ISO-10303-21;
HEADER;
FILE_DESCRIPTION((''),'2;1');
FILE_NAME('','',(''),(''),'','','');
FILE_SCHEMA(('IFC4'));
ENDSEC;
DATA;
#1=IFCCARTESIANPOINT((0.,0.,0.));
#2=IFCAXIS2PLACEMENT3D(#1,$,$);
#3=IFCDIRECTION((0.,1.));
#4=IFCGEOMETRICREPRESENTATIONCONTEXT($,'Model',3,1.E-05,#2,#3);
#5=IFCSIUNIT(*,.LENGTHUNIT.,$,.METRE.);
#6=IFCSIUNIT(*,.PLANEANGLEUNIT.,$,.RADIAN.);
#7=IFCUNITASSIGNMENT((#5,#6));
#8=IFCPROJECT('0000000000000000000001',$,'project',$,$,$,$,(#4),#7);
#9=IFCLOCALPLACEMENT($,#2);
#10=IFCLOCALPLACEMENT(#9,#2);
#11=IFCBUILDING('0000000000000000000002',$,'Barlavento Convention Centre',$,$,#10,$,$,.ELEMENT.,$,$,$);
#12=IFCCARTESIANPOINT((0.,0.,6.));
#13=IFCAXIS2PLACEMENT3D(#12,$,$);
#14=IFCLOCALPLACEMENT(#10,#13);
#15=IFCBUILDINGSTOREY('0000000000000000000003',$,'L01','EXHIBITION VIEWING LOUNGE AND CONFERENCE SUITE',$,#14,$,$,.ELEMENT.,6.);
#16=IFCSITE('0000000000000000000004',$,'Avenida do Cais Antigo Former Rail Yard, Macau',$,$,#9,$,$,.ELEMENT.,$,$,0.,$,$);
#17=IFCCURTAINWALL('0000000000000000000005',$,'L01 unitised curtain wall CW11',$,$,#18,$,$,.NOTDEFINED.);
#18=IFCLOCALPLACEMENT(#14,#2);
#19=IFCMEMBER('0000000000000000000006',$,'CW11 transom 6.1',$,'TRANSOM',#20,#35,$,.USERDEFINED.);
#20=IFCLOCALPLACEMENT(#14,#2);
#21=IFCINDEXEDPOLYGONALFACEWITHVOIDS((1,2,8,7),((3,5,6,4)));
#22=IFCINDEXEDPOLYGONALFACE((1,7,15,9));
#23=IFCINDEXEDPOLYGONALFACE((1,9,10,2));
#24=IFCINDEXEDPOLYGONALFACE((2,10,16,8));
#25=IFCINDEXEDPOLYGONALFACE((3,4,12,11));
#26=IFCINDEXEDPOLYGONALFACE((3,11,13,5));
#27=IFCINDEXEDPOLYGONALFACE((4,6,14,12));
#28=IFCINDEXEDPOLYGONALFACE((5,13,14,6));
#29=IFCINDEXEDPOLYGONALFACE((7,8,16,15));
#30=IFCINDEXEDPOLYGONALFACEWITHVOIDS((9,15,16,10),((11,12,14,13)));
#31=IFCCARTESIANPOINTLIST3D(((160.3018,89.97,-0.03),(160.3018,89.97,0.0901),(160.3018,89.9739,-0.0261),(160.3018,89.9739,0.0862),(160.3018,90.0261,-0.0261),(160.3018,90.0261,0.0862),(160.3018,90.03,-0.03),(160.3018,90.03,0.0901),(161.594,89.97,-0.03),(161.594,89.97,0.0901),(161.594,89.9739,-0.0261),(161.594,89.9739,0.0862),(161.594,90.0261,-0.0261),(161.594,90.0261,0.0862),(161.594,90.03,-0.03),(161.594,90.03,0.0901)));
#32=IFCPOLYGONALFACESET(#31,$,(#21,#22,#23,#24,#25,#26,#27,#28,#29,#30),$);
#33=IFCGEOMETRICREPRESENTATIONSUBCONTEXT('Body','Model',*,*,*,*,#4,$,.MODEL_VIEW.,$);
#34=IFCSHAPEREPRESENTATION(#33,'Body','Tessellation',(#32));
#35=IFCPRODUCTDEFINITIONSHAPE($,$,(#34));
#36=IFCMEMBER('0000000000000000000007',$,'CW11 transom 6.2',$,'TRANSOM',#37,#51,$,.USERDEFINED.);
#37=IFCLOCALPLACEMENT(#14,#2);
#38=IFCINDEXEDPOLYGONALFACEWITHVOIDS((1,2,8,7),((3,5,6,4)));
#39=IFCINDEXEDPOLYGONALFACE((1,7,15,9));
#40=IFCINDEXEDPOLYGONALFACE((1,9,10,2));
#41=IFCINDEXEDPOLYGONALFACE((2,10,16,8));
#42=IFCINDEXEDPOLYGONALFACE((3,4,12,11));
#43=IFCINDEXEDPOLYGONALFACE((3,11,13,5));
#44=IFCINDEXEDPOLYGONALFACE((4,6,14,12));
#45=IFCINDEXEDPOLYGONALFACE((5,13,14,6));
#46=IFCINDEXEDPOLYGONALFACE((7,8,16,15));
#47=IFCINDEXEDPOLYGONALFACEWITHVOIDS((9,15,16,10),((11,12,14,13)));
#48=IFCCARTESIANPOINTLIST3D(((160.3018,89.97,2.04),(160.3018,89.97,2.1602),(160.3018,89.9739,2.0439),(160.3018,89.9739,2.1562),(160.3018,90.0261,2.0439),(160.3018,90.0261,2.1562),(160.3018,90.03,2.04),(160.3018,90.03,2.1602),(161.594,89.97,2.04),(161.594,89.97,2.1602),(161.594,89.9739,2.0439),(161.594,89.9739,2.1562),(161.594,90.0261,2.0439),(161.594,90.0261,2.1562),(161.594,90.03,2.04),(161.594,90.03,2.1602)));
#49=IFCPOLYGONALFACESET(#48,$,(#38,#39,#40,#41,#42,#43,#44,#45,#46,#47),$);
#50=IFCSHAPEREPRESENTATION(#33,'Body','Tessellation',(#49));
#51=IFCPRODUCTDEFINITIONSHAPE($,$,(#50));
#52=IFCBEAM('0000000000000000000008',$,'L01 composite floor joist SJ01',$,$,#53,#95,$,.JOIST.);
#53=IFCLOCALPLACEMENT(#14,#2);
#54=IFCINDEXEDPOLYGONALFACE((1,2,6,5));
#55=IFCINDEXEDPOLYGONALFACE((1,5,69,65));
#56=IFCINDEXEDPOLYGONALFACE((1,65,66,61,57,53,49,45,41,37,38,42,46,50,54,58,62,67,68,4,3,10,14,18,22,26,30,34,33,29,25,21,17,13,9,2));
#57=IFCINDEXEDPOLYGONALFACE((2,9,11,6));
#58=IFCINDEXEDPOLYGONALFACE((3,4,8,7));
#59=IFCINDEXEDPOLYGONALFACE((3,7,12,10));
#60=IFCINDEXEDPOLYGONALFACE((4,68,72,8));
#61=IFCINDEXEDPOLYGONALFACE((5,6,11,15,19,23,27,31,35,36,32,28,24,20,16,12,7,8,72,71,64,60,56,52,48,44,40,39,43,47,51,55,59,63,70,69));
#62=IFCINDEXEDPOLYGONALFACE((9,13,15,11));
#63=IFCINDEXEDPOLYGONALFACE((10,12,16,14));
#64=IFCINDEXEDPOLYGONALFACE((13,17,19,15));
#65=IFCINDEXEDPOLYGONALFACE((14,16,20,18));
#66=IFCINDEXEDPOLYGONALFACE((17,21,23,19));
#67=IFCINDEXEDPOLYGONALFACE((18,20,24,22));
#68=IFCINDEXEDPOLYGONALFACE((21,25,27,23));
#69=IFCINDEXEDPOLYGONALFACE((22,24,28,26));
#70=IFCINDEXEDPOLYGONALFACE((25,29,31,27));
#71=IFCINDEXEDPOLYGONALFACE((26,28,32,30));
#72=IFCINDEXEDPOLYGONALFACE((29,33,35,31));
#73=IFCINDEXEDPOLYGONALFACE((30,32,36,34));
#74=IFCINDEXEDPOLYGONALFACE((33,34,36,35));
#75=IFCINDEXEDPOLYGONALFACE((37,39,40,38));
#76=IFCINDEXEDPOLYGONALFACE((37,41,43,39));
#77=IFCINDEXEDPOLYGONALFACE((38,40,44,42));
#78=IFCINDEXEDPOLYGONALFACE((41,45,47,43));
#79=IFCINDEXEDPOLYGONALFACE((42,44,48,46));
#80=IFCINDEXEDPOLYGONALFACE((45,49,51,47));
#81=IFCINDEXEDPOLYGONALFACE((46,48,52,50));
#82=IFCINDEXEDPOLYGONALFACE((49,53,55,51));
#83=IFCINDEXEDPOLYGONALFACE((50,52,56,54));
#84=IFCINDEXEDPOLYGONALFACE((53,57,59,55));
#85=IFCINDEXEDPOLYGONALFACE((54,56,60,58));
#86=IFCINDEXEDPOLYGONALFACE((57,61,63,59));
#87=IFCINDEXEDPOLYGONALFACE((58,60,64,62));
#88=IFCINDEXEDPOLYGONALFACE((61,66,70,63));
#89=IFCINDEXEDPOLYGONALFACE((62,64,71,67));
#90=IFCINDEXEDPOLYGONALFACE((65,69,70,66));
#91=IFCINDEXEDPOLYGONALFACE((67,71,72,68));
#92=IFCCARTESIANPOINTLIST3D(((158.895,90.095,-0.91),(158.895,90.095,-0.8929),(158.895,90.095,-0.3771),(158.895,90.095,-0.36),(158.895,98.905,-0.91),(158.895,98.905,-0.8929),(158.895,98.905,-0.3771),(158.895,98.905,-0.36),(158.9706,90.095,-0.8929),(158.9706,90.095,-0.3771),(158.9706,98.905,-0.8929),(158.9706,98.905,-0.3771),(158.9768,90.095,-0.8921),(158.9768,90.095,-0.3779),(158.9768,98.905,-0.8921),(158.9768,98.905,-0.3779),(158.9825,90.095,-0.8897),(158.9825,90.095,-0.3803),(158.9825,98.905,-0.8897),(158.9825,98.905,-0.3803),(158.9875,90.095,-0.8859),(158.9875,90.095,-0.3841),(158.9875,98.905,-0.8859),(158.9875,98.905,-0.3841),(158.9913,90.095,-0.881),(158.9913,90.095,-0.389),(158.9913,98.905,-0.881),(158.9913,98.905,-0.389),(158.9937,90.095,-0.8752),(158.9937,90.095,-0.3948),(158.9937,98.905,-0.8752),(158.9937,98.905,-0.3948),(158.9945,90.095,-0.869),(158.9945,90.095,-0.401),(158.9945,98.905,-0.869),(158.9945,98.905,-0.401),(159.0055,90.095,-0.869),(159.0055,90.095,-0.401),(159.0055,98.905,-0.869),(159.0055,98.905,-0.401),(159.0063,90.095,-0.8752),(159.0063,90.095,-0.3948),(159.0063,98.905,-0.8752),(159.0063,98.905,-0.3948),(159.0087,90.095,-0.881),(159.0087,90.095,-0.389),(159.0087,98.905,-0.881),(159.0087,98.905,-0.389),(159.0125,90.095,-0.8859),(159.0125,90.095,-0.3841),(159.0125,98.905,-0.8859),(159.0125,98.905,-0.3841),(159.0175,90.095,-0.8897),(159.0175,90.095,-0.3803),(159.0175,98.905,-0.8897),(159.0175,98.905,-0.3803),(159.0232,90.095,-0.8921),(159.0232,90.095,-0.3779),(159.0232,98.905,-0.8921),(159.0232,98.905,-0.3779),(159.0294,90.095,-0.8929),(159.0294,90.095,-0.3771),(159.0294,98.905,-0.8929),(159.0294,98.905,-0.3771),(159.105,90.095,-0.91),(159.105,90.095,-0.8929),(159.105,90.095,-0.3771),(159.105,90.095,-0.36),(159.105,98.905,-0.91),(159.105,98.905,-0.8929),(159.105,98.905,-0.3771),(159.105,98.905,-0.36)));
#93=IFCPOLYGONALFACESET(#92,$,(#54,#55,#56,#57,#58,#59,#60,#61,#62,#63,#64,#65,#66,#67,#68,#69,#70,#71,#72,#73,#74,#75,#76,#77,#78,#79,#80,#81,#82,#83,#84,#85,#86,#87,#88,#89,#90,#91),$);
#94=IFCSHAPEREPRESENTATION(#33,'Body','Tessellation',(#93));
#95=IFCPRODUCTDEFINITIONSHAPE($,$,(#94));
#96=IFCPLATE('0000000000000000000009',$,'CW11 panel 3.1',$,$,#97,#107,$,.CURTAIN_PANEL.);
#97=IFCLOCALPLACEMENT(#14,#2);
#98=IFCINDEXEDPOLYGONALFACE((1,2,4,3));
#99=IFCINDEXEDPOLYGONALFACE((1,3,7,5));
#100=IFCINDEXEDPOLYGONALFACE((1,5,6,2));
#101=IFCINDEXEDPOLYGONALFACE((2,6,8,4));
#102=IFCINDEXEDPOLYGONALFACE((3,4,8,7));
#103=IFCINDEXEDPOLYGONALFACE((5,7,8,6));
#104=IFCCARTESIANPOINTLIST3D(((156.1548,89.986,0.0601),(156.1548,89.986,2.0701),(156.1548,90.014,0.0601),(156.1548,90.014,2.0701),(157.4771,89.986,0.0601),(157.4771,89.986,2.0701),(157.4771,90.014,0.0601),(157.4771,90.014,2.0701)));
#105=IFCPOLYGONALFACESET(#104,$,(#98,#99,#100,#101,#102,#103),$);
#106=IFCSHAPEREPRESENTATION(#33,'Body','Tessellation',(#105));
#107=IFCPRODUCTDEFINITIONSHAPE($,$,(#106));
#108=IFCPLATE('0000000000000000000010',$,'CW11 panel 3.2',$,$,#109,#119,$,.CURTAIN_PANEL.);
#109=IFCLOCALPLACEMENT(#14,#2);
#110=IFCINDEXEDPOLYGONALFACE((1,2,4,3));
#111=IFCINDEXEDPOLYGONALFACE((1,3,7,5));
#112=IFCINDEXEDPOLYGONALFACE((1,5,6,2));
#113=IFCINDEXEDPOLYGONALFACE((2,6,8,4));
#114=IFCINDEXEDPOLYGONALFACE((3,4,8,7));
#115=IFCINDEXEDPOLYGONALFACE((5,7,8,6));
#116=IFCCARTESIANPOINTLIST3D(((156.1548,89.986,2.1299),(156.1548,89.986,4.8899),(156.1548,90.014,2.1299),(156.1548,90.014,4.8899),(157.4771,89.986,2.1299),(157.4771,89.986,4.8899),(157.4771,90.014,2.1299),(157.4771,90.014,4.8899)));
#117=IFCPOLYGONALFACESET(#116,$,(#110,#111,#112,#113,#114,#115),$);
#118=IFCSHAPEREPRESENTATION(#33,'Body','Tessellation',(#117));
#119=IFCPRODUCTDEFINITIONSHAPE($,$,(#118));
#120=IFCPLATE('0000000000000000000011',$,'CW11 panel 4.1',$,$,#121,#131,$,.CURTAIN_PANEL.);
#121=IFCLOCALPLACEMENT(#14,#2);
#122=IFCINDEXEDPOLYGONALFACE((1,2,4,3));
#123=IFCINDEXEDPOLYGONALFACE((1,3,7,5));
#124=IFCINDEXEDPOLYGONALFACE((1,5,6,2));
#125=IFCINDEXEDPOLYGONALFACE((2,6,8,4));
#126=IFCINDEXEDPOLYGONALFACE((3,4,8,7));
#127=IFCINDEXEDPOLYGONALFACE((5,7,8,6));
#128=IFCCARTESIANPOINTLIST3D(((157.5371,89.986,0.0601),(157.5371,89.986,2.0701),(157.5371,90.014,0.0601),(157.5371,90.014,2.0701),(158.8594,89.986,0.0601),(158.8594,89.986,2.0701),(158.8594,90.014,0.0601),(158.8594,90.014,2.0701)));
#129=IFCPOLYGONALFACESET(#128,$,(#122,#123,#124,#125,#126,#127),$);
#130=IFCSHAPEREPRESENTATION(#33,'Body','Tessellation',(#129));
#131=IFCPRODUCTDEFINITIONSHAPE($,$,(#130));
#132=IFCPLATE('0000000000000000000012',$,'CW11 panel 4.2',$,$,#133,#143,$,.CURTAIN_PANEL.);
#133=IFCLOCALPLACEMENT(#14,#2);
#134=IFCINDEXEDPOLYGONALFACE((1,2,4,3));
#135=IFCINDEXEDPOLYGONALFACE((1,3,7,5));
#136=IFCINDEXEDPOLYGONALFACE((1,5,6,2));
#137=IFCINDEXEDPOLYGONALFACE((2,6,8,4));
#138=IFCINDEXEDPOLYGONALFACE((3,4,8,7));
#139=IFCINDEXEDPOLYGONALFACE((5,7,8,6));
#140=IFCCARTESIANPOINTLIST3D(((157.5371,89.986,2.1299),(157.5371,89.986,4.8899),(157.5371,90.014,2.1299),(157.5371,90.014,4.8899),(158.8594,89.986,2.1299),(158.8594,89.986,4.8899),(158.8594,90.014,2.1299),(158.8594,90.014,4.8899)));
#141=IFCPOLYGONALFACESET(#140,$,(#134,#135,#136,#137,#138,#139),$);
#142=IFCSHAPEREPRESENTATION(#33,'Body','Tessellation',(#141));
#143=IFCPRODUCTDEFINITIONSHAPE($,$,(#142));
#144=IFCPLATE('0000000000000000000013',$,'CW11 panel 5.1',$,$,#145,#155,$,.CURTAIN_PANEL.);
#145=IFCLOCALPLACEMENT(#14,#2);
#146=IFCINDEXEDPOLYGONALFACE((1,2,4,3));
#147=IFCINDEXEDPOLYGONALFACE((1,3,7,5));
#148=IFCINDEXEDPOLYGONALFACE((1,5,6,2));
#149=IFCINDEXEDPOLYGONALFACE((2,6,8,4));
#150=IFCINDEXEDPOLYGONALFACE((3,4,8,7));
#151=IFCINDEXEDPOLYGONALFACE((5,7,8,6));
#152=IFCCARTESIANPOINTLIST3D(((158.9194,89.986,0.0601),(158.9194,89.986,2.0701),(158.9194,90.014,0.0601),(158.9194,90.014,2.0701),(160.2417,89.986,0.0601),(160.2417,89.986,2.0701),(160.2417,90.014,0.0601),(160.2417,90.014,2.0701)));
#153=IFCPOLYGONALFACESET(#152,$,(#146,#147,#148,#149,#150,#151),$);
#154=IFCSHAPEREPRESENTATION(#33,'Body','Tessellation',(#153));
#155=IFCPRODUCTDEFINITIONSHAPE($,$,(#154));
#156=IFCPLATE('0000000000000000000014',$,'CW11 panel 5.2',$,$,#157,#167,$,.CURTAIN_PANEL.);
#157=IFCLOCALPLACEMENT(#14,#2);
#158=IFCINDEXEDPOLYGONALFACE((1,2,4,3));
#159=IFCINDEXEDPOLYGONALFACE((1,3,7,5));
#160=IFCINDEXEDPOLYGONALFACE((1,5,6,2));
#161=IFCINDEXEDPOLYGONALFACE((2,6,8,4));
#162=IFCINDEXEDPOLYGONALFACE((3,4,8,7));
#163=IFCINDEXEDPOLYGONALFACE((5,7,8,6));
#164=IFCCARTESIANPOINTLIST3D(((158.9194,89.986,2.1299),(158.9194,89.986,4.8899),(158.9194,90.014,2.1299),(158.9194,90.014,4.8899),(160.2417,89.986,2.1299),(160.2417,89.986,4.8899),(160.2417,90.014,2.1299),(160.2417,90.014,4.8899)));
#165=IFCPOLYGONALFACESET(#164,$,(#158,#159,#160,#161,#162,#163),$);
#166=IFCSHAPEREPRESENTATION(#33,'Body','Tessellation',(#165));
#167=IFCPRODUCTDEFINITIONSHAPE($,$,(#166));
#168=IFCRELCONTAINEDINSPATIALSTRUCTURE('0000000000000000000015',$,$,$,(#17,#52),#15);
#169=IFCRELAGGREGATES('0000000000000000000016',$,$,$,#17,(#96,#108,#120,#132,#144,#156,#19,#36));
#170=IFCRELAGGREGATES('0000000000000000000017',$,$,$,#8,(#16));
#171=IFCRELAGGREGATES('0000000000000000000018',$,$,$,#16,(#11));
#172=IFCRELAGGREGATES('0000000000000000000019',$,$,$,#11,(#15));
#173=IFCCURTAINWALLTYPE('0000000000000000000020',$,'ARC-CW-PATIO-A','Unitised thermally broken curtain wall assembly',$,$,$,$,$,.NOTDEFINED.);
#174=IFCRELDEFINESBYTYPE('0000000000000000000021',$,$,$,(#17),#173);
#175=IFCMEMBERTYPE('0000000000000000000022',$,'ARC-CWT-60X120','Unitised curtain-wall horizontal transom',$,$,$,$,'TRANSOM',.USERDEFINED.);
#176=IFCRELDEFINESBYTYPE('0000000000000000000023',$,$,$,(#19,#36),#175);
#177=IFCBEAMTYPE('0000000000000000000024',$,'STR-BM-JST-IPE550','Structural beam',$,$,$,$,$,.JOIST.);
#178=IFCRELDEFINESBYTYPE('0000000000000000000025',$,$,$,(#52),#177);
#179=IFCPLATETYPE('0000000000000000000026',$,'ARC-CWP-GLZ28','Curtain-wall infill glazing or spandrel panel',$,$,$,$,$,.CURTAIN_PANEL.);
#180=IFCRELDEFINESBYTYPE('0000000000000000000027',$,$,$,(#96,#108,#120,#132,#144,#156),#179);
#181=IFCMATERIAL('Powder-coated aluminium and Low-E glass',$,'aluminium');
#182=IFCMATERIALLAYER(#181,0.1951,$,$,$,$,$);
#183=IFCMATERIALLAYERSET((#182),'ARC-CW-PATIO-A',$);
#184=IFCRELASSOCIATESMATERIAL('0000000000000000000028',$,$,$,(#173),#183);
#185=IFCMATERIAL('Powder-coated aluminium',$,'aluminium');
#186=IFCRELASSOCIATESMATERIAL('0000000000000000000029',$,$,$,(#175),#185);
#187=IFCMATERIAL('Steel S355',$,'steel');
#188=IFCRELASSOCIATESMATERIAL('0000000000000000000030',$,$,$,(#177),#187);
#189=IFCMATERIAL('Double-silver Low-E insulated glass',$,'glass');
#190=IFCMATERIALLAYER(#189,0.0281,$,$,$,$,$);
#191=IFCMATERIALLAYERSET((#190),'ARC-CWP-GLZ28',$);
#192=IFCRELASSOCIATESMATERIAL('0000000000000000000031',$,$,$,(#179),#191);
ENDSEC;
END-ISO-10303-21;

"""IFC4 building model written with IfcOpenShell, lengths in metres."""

from ifc_helpers import new_model, si_unit, direction, frame, origin, origin_2d, place, context, subcontext, project, spatial, rectangle, hollow_rectangle, i_section, extrude, material, layer, layer_set, material_profile, profile_set, type_object, element, aggregate, save


model = new_model("IFC4")

# Units and contexts
model_context = context("Model", 3, precision=1e-05, world=origin(), true_north=direction((0.0, 1.0)))
body_context = subcontext(model_context, "Body", "Model", "MODEL_VIEW")
ifc_project = project(units=[si_unit("LENGTHUNIT", "METRE"), si_unit("PLANEANGLEUNIT", "RADIAN")], contexts=[model_context])

# Site, building, storey
site_placement = place(None, origin())
site = spatial("IfcSite", under=ifc_project, at=site_placement, Name="Avenida do Cais Antigo Former Rail Yard, Macau", CompositionType="ELEMENT", RefElevation=0.0)
building_placement = place(site_placement, origin())
building = spatial("IfcBuilding", under=site, at=building_placement, Name="Barlavento Convention Centre", CompositionType="ELEMENT")
storey_placement = place(building_placement, frame((0.0, 0.0, 6.0)))
storey = spatial("IfcBuildingStorey", under=building, at=storey_placement, Name="L01", Description="EXHIBITION VIEWING LOUNGE AND CONFERENCE SUITE", CompositionType="ELEMENT", Elevation=6.0)

# Curtain wall, members
ifc_material_1 = material(Name="Powder-coated aluminium and Low-E glass", Category="aluminium")
ifc_layer_1 = layer(ifc_material_1, 0.1951)
ifc_layer_set_1 = layer_set([ifc_layer_1], Name="ARC-CW-PATIO-A")
curtain_wall_type = type_object("IfcCurtainWallType", Name="ARC-CW-PATIO-A", Description="Unitised thermally broken curtain wall assembly", PredefinedType="NOTDEFINED", material=ifc_layer_set_1)
curtain_wall_placement = place(storey_placement, origin())
curtain_wall = element("IfcCurtainWall", 1, at=curtain_wall_placement, inside=storey, type_object=curtain_wall_type, Name="L01 unitised curtain wall CW11", PredefinedType="NOTDEFINED")
ifc_material_2 = material(Name="Powder-coated aluminium", Category="aluminium")
ifc_material_profile_1 = material_profile(ifc_material_2, hollow_rectangle(XDim=0.0601, YDim=0.1201, WallThickness=0.0039, at=origin_2d()), Name="AL-TRAN 60x120x4")
ifc_profile_set_1 = profile_set([ifc_material_profile_1], Name="Powder-coated aluminium")
member_type_1 = type_object("IfcMemberType", Name="ARC-CWT-60X120", Description="Unitised curtain-wall horizontal transom", ElementType="TRANSOM", PredefinedType="USERDEFINED", material=ifc_profile_set_1)
member_1_placement = place(storey_placement, frame((160.3018, 90.0, 0.03), z_axis=(1.0, 0.0, 0.0), x_axis=(0.0, 1.0, 0.0)))
member_1 = element("IfcMember", 2, at=member_1_placement, type_object=member_type_1, Name="CW11 transom 6.1", ObjectType="TRANSOM", PredefinedType="USERDEFINED", context=body_context, shape_type="SweptSolid", body=[
    extrude(hollow_rectangle(XDim=0.0601, YDim=0.1201, WallThickness=0.0039, at=origin_2d()), origin(), (0.0, 0.0, 1.0), 1.2922),
])
member_2_placement = place(storey_placement, frame((160.3018, 90.0, 2.1001), z_axis=(1.0, 0.0, 0.0), x_axis=(0.0, 1.0, 0.0)))
member_2 = element("IfcMember", 3, at=member_2_placement, type_object=member_type_1, Name="CW11 transom 6.2", ObjectType="TRANSOM", PredefinedType="USERDEFINED", context=body_context, shape_type="SweptSolid", body=[
    extrude(hollow_rectangle(XDim=0.0601, YDim=0.1201, WallThickness=0.0039, at=origin_2d()), origin(), (0.0, 0.0, 1.0), 1.2922),
])

# Beam
ifc_material_3 = material(Name="Steel S355", Category="steel")
ifc_material_profile_2 = material_profile(ifc_material_3, i_section(OverallWidth=0.21, OverallDepth=0.55, WebThickness=0.011, FlangeThickness=0.0171, FilletRadius=0.0239, at=origin_2d()), Name="IPE 550")
ifc_profile_set_2 = profile_set([ifc_material_profile_2], Name="Steel S355")
beam_type = type_object("IfcBeamType", Name="STR-BM-JST-IPE550", Description="Structural beam", PredefinedType="JOIST", material=ifc_profile_set_2)
beam_placement = place(storey_placement, frame((159.0, 90.095, -0.635), z_axis=(0.0, 1.0, 0.0), x_axis=(-1.0, 0.0, 0.0)))
element("IfcBeam", 4, at=beam_placement, inside=storey, type_object=beam_type, Name="L01 composite floor joist SJ01", PredefinedType="JOIST", context=body_context, shape_type="SweptSolid", body=[
    extrude(i_section(OverallWidth=0.21, OverallDepth=0.55, WebThickness=0.011, FlangeThickness=0.0171, FilletRadius=0.0239, at=origin_2d()), origin(), (0.0, 0.0, 1.0), 8.8101),
])

# Plates
ifc_material_4 = material(Name="Double-silver Low-E insulated glass", Category="glass")
ifc_layer_2 = layer(ifc_material_4, 0.0281)
ifc_layer_set_2 = layer_set([ifc_layer_2], Name="ARC-CWP-GLZ28")
plate_type = type_object("IfcPlateType", Name="ARC-CWP-GLZ28", Description="Curtain-wall infill glazing or spandrel panel", PredefinedType="CURTAIN_PANEL", material=ifc_layer_set_2)
plate_1_placement = place(storey_placement, frame((156.8159, 90.0, 0.0601), z_axis=(0.0, 0.0, 1.0), x_axis=(1.0, 0.0, 0.0)))
plate_1 = element("IfcPlate", 5, at=plate_1_placement, type_object=plate_type, Name="CW11 panel 3.1", PredefinedType="CURTAIN_PANEL", context=body_context, shape_type="SweptSolid", body=[
    extrude(rectangle(XDim=1.3223, YDim=0.0281, at=origin_2d()), origin(), (0.0, 0.0, 1.0), 2.01),
])
plate_2_placement = place(storey_placement, frame((156.8159, 90.0, 2.1299), z_axis=(0.0, 0.0, 1.0), x_axis=(1.0, 0.0, 0.0)))
plate_2 = element("IfcPlate", 6, at=plate_2_placement, type_object=plate_type, Name="CW11 panel 3.2", PredefinedType="CURTAIN_PANEL", context=body_context, shape_type="SweptSolid", body=[
    extrude(rectangle(XDim=1.3223, YDim=0.0281, at=origin_2d()), origin(), (0.0, 0.0, 1.0), 2.76),
])
plate_3_placement = place(storey_placement, frame((158.1982, 90.0, 0.0601), z_axis=(0.0, 0.0, 1.0), x_axis=(1.0, 0.0, 0.0)))
plate_3 = element("IfcPlate", 7, at=plate_3_placement, type_object=plate_type, Name="CW11 panel 4.1", PredefinedType="CURTAIN_PANEL", context=body_context, shape_type="SweptSolid", body=[
    extrude(rectangle(XDim=1.3223, YDim=0.0281, at=origin_2d()), origin(), (0.0, 0.0, 1.0), 2.01),
])
plate_4_placement = place(storey_placement, frame((158.1982, 90.0, 2.1299), z_axis=(0.0, 0.0, 1.0), x_axis=(1.0, 0.0, 0.0)))
plate_4 = element("IfcPlate", 8, at=plate_4_placement, type_object=plate_type, Name="CW11 panel 4.2", PredefinedType="CURTAIN_PANEL", context=body_context, shape_type="SweptSolid", body=[
    extrude(rectangle(XDim=1.3223, YDim=0.0281, at=origin_2d()), origin(), (0.0, 0.0, 1.0), 2.76),
])
plate_5_placement = place(storey_placement, frame((159.5806, 90.0, 0.0601), z_axis=(0.0, 0.0, 1.0), x_axis=(1.0, 0.0, 0.0)))
plate_5 = element("IfcPlate", 9, at=plate_5_placement, type_object=plate_type, Name="CW11 panel 5.1", PredefinedType="CURTAIN_PANEL", context=body_context, shape_type="SweptSolid", body=[
    extrude(rectangle(XDim=1.3223, YDim=0.0281, at=origin_2d()), origin(), (0.0, 0.0, 1.0), 2.01),
])
plate_6_placement = place(storey_placement, frame((159.5806, 90.0, 2.1299), z_axis=(0.0, 0.0, 1.0), x_axis=(1.0, 0.0, 0.0)))
plate_6 = element("IfcPlate", 10, at=plate_6_placement, type_object=plate_type, Name="CW11 panel 5.2", PredefinedType="CURTAIN_PANEL", context=body_context, shape_type="SweptSolid", body=[
    extrude(rectangle(XDim=1.3223, YDim=0.0281, at=origin_2d()), origin(), (0.0, 0.0, 1.0), 2.76),
])
aggregate(curtain_wall, [plate_1, plate_2, plate_3, plate_4, plate_5, plate_6, member_1, member_2])

save(model, "model.ifc")
